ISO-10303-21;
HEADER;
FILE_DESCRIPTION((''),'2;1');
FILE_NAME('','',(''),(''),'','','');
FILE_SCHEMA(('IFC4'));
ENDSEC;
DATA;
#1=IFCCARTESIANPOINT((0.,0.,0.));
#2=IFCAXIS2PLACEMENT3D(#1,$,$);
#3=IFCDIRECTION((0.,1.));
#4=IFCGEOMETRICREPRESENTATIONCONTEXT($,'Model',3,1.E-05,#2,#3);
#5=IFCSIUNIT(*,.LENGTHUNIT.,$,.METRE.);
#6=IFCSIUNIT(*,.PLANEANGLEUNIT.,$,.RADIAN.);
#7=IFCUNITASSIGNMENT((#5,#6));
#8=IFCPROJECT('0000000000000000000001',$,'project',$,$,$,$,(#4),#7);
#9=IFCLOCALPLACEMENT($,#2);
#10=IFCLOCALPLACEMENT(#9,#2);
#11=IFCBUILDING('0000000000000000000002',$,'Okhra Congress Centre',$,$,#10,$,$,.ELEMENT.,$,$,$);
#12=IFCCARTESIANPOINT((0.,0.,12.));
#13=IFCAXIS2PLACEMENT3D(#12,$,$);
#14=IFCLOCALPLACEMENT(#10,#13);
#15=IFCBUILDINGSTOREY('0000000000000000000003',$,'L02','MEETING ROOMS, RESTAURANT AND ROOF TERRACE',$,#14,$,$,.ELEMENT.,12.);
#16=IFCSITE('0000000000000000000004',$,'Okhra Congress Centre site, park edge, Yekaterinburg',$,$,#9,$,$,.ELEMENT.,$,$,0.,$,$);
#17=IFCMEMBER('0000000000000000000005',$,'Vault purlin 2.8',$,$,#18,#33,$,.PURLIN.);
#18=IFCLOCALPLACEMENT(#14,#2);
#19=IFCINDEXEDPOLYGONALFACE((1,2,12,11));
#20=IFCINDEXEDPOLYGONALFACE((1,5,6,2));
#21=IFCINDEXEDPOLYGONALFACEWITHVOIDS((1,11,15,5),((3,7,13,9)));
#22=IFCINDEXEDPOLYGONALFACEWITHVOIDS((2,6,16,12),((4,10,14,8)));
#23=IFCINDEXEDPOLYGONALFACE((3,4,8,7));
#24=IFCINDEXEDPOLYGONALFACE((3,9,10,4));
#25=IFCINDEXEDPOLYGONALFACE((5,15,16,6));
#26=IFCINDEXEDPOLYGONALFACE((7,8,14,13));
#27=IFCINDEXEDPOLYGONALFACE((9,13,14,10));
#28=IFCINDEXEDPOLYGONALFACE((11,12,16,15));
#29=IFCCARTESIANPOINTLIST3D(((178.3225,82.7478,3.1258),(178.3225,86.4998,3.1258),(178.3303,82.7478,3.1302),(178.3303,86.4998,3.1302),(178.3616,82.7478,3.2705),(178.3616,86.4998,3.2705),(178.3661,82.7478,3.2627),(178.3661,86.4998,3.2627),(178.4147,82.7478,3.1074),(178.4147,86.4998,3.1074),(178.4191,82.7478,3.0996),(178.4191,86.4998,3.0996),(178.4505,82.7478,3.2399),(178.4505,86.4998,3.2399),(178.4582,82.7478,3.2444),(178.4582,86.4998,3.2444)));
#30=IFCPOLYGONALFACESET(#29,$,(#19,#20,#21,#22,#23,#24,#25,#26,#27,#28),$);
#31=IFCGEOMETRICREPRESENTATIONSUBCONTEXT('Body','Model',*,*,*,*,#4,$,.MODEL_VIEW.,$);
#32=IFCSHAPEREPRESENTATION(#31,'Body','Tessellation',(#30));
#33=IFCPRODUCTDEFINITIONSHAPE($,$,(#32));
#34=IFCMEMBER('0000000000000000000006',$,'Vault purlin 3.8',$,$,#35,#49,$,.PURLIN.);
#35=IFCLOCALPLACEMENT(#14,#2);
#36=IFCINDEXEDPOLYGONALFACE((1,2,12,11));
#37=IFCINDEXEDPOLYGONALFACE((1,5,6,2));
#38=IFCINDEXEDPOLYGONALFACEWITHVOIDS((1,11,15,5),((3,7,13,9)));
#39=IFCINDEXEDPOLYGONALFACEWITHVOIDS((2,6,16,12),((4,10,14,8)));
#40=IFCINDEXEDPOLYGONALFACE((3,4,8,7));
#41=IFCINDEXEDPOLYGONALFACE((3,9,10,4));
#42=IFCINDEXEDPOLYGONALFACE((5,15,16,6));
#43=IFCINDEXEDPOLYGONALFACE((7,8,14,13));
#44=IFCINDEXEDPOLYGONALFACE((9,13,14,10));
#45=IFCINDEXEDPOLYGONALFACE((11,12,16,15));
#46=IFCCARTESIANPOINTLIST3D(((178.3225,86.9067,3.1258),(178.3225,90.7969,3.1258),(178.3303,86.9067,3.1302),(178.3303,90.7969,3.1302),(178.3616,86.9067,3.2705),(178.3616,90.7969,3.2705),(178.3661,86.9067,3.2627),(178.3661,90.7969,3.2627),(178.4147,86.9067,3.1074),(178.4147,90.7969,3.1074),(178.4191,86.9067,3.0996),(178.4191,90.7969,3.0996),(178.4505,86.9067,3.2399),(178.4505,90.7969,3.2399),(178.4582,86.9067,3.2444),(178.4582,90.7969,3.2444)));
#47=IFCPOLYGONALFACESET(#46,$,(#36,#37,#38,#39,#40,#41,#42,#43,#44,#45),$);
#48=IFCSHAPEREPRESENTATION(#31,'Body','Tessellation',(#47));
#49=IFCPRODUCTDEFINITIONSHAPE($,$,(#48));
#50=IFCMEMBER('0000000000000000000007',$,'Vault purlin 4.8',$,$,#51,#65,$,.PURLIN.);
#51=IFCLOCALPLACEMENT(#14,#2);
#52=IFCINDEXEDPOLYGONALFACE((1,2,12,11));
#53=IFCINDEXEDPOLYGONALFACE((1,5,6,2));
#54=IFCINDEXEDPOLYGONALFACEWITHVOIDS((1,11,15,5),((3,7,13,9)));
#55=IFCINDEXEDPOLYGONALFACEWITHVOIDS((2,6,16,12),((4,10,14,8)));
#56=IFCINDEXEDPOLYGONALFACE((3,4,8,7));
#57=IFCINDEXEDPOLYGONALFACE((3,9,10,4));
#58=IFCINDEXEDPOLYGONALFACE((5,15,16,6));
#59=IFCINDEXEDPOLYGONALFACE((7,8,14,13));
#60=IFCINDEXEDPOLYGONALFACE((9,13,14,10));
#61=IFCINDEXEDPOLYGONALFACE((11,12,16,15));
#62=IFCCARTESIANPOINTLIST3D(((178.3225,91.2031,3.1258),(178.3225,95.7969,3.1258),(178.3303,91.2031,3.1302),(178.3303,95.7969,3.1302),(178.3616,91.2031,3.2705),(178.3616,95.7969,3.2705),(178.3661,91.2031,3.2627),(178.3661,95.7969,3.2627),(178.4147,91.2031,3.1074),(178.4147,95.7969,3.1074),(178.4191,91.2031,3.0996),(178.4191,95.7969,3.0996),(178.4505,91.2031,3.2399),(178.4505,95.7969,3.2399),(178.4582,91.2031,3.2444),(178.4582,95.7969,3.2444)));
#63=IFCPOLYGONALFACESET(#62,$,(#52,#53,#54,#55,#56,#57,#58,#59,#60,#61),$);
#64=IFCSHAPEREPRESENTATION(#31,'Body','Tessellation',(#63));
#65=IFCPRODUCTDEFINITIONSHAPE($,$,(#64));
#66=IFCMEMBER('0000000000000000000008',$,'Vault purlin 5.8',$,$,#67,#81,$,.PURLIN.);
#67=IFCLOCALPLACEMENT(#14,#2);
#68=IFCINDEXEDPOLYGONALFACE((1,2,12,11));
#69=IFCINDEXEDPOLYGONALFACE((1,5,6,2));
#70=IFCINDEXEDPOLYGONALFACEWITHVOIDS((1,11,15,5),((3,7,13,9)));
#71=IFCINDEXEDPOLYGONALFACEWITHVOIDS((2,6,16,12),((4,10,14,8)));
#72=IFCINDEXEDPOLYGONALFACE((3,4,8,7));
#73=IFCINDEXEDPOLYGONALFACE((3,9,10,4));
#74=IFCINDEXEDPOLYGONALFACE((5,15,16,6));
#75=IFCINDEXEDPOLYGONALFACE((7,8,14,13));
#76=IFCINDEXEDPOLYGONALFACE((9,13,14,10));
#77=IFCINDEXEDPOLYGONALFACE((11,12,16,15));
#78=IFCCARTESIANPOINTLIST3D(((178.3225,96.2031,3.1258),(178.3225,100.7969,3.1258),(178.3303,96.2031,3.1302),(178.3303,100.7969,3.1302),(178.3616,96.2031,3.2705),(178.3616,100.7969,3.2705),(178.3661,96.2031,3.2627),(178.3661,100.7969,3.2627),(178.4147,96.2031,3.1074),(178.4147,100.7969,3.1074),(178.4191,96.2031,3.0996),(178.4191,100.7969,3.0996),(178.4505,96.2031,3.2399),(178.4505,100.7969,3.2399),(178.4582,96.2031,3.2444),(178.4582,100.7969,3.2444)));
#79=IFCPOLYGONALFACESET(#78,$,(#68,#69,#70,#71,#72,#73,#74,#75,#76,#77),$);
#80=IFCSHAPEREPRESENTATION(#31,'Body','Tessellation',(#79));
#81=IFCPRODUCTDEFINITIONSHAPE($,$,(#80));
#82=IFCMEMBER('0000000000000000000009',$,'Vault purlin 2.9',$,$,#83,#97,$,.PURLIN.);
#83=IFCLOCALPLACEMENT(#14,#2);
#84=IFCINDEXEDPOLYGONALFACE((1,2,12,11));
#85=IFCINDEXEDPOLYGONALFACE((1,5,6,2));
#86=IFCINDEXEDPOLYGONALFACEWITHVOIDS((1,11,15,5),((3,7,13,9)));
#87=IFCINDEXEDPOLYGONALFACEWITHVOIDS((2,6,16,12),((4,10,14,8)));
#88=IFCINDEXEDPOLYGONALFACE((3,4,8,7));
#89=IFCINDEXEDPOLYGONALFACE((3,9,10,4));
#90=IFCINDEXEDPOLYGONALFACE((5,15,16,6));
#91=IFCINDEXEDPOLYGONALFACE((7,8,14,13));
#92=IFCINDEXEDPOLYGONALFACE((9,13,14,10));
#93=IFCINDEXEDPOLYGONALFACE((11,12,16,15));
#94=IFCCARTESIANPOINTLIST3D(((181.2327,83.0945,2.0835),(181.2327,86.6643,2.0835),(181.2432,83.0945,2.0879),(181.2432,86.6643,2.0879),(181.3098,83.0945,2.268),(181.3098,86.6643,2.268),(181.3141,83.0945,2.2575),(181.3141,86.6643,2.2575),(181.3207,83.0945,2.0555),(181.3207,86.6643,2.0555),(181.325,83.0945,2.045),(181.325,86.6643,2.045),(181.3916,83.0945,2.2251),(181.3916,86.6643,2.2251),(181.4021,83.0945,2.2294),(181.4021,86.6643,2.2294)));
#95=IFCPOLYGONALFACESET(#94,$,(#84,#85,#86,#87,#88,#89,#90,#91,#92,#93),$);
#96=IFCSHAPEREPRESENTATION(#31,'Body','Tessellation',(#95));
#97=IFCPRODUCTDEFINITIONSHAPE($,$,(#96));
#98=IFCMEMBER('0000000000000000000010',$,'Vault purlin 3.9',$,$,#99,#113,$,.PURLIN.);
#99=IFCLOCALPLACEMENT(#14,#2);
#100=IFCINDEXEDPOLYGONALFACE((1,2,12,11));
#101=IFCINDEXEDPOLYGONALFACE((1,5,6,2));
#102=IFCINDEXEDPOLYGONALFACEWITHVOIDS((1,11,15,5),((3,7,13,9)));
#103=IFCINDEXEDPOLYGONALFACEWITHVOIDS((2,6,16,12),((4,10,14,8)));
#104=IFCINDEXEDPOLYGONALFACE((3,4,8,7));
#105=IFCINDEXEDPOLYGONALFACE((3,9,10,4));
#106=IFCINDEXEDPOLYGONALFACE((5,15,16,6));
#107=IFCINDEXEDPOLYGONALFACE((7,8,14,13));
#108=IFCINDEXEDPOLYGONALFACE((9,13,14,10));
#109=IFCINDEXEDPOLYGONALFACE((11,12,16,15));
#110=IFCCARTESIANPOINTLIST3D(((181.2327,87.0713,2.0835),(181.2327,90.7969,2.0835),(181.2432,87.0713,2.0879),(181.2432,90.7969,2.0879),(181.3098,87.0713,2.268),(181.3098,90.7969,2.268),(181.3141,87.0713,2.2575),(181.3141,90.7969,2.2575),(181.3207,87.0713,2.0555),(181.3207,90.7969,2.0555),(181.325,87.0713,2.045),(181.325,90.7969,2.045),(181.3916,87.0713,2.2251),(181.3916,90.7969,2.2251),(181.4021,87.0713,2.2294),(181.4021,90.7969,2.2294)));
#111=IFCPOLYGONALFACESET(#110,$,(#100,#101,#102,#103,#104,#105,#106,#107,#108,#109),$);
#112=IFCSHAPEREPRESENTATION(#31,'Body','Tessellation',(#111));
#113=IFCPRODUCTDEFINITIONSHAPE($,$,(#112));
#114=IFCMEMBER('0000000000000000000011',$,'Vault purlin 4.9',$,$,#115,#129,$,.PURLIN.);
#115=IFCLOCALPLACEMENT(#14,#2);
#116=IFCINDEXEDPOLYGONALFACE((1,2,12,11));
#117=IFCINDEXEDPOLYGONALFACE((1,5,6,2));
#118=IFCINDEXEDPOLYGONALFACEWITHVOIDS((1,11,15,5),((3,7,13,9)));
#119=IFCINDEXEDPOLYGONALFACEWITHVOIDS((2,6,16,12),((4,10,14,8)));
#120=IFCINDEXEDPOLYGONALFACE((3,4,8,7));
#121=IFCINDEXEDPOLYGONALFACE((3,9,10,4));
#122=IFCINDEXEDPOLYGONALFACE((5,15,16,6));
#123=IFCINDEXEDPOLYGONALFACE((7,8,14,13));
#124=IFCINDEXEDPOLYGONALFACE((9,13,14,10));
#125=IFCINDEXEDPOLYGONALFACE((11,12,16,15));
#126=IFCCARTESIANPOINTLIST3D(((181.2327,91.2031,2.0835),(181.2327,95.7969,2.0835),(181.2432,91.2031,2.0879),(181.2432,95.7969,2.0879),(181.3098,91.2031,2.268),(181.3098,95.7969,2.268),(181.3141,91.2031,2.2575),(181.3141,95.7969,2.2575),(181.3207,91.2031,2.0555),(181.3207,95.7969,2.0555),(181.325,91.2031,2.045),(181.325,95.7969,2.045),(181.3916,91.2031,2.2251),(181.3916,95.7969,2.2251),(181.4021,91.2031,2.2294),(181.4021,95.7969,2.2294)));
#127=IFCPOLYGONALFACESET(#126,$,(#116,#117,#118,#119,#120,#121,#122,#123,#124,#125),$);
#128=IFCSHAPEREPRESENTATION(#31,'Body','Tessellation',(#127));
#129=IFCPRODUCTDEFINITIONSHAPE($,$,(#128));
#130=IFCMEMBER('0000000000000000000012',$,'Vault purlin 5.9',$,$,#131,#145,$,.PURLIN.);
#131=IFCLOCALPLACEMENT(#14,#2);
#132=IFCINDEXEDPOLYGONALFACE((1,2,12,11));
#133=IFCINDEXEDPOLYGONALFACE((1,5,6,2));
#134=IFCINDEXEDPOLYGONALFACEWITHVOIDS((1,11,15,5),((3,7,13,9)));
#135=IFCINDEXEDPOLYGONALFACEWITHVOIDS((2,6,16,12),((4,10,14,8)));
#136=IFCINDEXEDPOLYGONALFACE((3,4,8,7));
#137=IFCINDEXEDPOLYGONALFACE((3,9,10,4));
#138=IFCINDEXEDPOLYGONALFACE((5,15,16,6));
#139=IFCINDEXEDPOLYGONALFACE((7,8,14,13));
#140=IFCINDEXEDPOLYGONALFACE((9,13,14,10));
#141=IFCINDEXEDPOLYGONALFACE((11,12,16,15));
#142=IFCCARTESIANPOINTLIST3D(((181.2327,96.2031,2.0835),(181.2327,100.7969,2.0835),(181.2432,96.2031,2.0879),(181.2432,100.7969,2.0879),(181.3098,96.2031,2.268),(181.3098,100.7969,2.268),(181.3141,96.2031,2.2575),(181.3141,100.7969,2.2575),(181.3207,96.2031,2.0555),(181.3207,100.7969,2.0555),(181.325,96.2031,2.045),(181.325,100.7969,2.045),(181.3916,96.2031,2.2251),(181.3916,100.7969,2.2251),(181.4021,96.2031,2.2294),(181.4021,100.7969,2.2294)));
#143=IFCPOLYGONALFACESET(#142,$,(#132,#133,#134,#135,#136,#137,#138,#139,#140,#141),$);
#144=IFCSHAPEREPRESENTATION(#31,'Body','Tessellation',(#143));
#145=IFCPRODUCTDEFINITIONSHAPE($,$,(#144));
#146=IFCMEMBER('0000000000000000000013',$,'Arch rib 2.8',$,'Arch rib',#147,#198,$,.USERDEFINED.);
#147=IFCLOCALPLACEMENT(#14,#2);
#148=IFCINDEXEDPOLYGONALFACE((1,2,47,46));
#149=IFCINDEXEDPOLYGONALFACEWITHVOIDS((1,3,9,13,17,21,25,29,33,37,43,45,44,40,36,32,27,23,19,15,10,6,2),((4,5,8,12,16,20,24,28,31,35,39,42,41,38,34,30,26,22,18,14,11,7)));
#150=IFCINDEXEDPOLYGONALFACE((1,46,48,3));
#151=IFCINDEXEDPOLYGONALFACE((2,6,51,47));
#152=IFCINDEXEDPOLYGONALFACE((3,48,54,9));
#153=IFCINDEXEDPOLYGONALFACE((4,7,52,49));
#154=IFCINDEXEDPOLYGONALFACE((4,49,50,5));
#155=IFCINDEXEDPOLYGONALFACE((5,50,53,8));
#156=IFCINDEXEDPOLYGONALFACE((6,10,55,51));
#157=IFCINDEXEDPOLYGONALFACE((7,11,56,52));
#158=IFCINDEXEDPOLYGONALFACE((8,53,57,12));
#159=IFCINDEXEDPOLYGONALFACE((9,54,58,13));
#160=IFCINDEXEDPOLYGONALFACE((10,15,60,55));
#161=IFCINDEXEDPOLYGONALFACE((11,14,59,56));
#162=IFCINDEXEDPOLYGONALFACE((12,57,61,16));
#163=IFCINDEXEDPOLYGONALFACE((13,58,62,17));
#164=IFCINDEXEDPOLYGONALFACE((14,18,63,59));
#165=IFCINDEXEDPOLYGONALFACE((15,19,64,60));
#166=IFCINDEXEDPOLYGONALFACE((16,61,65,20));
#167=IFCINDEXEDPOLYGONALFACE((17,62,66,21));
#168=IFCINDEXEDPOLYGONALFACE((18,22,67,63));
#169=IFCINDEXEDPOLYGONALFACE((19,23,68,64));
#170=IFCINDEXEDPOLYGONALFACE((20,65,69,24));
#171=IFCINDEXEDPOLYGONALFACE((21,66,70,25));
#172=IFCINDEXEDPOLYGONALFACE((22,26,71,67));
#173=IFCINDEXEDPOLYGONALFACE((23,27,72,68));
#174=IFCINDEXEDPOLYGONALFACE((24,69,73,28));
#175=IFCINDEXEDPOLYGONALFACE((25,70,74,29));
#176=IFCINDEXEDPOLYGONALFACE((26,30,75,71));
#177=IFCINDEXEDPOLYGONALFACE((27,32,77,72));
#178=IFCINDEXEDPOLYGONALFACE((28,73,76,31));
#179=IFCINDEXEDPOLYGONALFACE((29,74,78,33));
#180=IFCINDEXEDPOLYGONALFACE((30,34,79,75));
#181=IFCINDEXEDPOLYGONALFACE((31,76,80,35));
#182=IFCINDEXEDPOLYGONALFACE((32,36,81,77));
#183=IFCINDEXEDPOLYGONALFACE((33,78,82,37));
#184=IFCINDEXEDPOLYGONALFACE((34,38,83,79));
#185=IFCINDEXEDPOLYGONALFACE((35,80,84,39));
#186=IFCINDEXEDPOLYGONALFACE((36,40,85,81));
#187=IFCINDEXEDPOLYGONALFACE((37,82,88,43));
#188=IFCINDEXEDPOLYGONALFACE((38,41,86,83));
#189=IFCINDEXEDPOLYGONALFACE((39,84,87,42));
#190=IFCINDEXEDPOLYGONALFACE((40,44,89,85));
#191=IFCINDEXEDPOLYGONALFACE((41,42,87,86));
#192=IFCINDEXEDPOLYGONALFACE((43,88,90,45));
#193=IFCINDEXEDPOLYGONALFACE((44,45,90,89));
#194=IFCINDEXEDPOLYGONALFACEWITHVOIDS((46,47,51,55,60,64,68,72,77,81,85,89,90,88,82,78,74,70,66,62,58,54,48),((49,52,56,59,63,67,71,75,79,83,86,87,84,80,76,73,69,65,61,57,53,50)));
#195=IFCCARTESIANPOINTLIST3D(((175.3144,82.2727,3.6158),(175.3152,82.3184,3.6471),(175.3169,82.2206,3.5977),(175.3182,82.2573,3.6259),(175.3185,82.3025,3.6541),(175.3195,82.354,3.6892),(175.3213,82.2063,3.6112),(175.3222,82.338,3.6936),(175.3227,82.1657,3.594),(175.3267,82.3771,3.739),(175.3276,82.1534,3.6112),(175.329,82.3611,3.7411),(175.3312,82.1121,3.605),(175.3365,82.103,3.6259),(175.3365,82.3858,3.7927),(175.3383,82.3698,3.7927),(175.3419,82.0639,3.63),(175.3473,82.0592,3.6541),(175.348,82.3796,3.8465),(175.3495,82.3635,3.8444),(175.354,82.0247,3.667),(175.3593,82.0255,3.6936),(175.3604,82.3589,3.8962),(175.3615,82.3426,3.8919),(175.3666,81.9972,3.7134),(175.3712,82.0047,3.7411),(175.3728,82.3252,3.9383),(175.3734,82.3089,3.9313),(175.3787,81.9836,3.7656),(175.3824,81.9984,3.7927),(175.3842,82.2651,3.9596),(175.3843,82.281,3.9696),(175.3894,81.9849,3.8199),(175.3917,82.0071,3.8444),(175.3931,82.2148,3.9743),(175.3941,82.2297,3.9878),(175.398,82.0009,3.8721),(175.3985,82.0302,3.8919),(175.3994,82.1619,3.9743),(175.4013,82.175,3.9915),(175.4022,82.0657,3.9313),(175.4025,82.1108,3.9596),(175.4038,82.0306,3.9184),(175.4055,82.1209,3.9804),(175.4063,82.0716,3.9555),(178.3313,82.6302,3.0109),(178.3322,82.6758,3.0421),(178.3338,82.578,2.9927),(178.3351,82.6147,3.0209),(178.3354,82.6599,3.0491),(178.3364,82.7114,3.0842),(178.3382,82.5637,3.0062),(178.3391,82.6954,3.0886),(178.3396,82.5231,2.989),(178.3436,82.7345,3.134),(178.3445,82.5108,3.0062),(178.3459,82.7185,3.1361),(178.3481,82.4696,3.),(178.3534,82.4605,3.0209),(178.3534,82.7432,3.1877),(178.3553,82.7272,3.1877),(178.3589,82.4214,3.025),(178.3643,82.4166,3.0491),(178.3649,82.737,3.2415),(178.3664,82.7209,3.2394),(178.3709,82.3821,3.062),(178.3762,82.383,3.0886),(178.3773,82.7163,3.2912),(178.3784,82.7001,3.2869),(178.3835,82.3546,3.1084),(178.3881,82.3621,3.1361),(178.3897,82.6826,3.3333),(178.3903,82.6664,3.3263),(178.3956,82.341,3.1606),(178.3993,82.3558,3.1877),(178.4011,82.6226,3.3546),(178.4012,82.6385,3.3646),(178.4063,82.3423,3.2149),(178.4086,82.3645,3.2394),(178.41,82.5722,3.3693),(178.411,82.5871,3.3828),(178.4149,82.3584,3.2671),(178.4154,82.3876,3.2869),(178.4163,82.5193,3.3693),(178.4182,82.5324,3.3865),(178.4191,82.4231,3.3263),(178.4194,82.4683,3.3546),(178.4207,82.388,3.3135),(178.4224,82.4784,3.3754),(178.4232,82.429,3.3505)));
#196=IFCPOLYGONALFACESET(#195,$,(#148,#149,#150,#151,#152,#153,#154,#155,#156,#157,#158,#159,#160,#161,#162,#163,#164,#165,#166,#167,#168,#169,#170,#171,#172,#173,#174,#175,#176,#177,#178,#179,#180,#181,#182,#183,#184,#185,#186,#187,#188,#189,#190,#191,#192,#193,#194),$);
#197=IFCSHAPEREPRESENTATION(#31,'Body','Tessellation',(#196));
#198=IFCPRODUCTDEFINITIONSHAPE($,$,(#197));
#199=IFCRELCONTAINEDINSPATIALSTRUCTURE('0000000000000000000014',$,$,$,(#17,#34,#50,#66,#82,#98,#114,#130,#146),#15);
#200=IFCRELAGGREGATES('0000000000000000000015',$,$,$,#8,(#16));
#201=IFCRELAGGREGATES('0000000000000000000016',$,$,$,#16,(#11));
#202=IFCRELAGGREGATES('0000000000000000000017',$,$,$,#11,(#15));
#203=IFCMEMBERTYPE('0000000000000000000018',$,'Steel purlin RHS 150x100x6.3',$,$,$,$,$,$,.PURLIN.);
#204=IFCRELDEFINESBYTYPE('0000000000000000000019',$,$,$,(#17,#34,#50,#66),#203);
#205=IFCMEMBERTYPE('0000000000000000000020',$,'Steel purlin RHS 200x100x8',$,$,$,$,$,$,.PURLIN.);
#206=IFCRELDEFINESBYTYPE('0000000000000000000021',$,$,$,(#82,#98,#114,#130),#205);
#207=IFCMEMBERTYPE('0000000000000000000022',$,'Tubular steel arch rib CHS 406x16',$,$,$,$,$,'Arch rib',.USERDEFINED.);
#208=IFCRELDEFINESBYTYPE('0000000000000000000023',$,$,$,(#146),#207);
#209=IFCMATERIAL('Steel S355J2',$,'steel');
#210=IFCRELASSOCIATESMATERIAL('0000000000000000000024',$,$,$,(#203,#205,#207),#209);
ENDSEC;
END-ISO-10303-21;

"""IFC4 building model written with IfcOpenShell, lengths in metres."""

from ifc_helpers import new_model, si_unit, direction, frame, origin, origin_2d, place, context, subcontext, project, spatial, hollow_rectangle, hollow_circle, extrude, material, material_profile, profile_set, type_object, element, save


model = new_model("IFC4")

# Units and contexts
model_context = context("Model", 3, precision=1e-05, world=origin(), true_north=direction((0.0, 1.0)))
body_context = subcontext(model_context, "Body", "Model", "MODEL_VIEW")
ifc_project = project(units=[si_unit("LENGTHUNIT", "METRE"), si_unit("PLANEANGLEUNIT", "RADIAN")], contexts=[model_context])

# Site, building, storey
site_placement = place(None, origin())
site = spatial("IfcSite", under=ifc_project, at=site_placement, Name="Okhra Congress Centre site, park edge, Yekaterinburg", CompositionType="ELEMENT", RefElevation=0.0)
building_placement = place(site_placement, origin())
building = spatial("IfcBuilding", under=site, at=building_placement, Name="Okhra Congress Centre", CompositionType="ELEMENT")
storey_placement = place(building_placement, frame((0.0, 0.0, 12.0)))
storey = spatial("IfcBuildingStorey", under=building, at=storey_placement, Name="L02", Description="MEETING ROOMS, RESTAURANT AND ROOF TERRACE", CompositionType="ELEMENT", Elevation=12.0)

# Members
ifc_material_1 = material(Name="Steel S355J2", Category="steel")
ifc_material_profile_1 = material_profile(ifc_material_1, hollow_rectangle(XDim=0.1001, YDim=0.1499, WallThickness=0.0063, at=origin_2d()), Name="RHS 150x100x6.3")
ifc_profile_set_1 = profile_set([ifc_material_profile_1], Name="Steel S355J2")
member_type_1 = type_object("IfcMemberType", Name="Steel purlin RHS 150x100x6.3", PredefinedType="PURLIN", material=ifc_profile_set_1)
member_1_placement = place(storey_placement, frame((178.3904, 82.7478, 3.1851), z_axis=(0.0, 1.0, 0.0), x_axis=(-0.96538, 0.0, 0.260848)))
element("IfcMember", 1, at=member_1_placement, inside=storey, type_object=member_type_1, Name="Vault purlin 2.8", PredefinedType="PURLIN", context=body_context, shape_type="SweptSolid", body=[
    extrude(hollow_rectangle(XDim=0.1001, YDim=0.1499, WallThickness=0.0063, at=origin_2d()), origin(), (0.0, 0.0, 1.0), 3.752),
])
member_2_placement = place(storey_placement, frame((178.3904, 86.9067, 3.1851), z_axis=(0.0, 1.0, 0.0), x_axis=(-0.96538, 0.0, 0.260848)))
element("IfcMember", 2, at=member_2_placement, inside=storey, type_object=member_type_1, Name="Vault purlin 3.8", PredefinedType="PURLIN", context=body_context, shape_type="SweptSolid", body=[
    extrude(hollow_rectangle(XDim=0.1001, YDim=0.1499, WallThickness=0.0063, at=origin_2d()), origin(), (0.0, 0.0, 1.0), 3.8901),
])
for number, where, z_axis, x_axis, name in (
    (3, (178.3904, 91.2031, 3.1851), (0.0, 1.0, 0.0), (-0.96538, 0.0, 0.260848), "Vault purlin 4.8"),
    (4, (178.3904, 96.2031, 3.1851), (0.0, 1.0, 0.0), (-0.96538, 0.0, 0.260848), "Vault purlin 5.8"),
):
    element("IfcMember", number, at=place(storey_placement, frame(where, z_axis=z_axis, x_axis=x_axis)), inside=storey, type_object=member_type_1, Name=name, PredefinedType="PURLIN", context=body_context, shape_type="SweptSolid", body=[
        extrude(hollow_rectangle(XDim=0.1001, YDim=0.1499, WallThickness=0.0063, at=origin_2d()), origin(), (0.0, 0.0, 1.0), 4.5938),
    ])
ifc_material_profile_2 = material_profile(ifc_material_1, hollow_rectangle(XDim=0.1001, YDim=0.2, WallThickness=0.0081, at=origin_2d()), Name="RHS 200x100x8")
ifc_profile_set_2 = profile_set([ifc_material_profile_2], Name="Steel S355J2")
member_type_2 = type_object("IfcMemberType", Name="Steel purlin RHS 200x100x8", PredefinedType="PURLIN", material=ifc_profile_set_2)
member_3_placement = place(storey_placement, frame((181.3174, 83.0945, 2.1565), z_axis=(0.0, 1.0, 0.0), x_axis=(-0.922669, 0.0, 0.385593)))
element("IfcMember", 5, at=member_3_placement, inside=storey, type_object=member_type_2, Name="Vault purlin 2.9", PredefinedType="PURLIN", context=body_context, shape_type="SweptSolid", body=[
    extrude(hollow_rectangle(XDim=0.1001, YDim=0.2, WallThickness=0.0081, at=origin_2d()), origin(), (0.0, 0.0, 1.0), 3.5698),
])
member_4_placement = place(storey_placement, frame((181.3174, 87.0713, 2.1565), z_axis=(0.0, 1.0, 0.0), x_axis=(-0.922669, 0.0, 0.385593)))
element("IfcMember", 6, at=member_4_placement, inside=storey, type_object=member_type_2, Name="Vault purlin 3.9", PredefinedType="PURLIN", context=body_context, shape_type="SweptSolid", body=[
    extrude(hollow_rectangle(XDim=0.1001, YDim=0.2, WallThickness=0.0081, at=origin_2d()), origin(), (0.0, 0.0, 1.0), 3.7256),
])
for number, where, z_axis, x_axis, name in (
    (7, (181.3174, 91.2031, 2.1565), (0.0, 1.0, 0.0), (-0.922669, 0.0, 0.385593), "Vault purlin 4.9"),
    (8, (181.3174, 96.2031, 2.1565), (0.0, 1.0, 0.0), (-0.922669, 0.0, 0.385593), "Vault purlin 5.9"),
):
    element("IfcMember", number, at=place(storey_placement, frame(where, z_axis=z_axis, x_axis=x_axis)), inside=storey, type_object=member_type_2, Name=name, PredefinedType="PURLIN", context=body_context, shape_type="SweptSolid", body=[
        extrude(hollow_rectangle(XDim=0.1001, YDim=0.2, WallThickness=0.0081, at=origin_2d()), origin(), (0.0, 0.0, 1.0), 4.5938),
    ])
ifc_material_profile_3 = material_profile(ifc_material_1, hollow_circle(Radius=0.2031, WallThickness=0.0161, at=origin_2d()), Name="CHS 406.4x16")
ifc_profile_set_3 = profile_set([ifc_material_profile_3], Name="Steel S355J2")
member_type_3 = type_object("IfcMemberType", Name="Tubular steel arch rib CHS 406x16", ElementType="Arch rib", PredefinedType="USERDEFINED", material=ifc_profile_set_3)
member_5_placement = place(storey_placement, frame((175.3604, 82.1841, 3.7927), z_axis=(0.973931, 0.115387, -0.195306), x_axis=(-0.117653, 0.993055, 0.0)))
element("IfcMember", 9, at=member_5_placement, inside=storey, type_object=member_type_3, Name="Arch rib 2.8", ObjectType="Arch rib", PredefinedType="USERDEFINED", context=body_context, shape_type="SweptSolid", body=[
    extrude(hollow_circle(Radius=0.2031, WallThickness=0.0161, at=origin_2d()), origin(), (0.0, 0.0, 1.0), 3.0977),
])

save(model, "model.ifc")
